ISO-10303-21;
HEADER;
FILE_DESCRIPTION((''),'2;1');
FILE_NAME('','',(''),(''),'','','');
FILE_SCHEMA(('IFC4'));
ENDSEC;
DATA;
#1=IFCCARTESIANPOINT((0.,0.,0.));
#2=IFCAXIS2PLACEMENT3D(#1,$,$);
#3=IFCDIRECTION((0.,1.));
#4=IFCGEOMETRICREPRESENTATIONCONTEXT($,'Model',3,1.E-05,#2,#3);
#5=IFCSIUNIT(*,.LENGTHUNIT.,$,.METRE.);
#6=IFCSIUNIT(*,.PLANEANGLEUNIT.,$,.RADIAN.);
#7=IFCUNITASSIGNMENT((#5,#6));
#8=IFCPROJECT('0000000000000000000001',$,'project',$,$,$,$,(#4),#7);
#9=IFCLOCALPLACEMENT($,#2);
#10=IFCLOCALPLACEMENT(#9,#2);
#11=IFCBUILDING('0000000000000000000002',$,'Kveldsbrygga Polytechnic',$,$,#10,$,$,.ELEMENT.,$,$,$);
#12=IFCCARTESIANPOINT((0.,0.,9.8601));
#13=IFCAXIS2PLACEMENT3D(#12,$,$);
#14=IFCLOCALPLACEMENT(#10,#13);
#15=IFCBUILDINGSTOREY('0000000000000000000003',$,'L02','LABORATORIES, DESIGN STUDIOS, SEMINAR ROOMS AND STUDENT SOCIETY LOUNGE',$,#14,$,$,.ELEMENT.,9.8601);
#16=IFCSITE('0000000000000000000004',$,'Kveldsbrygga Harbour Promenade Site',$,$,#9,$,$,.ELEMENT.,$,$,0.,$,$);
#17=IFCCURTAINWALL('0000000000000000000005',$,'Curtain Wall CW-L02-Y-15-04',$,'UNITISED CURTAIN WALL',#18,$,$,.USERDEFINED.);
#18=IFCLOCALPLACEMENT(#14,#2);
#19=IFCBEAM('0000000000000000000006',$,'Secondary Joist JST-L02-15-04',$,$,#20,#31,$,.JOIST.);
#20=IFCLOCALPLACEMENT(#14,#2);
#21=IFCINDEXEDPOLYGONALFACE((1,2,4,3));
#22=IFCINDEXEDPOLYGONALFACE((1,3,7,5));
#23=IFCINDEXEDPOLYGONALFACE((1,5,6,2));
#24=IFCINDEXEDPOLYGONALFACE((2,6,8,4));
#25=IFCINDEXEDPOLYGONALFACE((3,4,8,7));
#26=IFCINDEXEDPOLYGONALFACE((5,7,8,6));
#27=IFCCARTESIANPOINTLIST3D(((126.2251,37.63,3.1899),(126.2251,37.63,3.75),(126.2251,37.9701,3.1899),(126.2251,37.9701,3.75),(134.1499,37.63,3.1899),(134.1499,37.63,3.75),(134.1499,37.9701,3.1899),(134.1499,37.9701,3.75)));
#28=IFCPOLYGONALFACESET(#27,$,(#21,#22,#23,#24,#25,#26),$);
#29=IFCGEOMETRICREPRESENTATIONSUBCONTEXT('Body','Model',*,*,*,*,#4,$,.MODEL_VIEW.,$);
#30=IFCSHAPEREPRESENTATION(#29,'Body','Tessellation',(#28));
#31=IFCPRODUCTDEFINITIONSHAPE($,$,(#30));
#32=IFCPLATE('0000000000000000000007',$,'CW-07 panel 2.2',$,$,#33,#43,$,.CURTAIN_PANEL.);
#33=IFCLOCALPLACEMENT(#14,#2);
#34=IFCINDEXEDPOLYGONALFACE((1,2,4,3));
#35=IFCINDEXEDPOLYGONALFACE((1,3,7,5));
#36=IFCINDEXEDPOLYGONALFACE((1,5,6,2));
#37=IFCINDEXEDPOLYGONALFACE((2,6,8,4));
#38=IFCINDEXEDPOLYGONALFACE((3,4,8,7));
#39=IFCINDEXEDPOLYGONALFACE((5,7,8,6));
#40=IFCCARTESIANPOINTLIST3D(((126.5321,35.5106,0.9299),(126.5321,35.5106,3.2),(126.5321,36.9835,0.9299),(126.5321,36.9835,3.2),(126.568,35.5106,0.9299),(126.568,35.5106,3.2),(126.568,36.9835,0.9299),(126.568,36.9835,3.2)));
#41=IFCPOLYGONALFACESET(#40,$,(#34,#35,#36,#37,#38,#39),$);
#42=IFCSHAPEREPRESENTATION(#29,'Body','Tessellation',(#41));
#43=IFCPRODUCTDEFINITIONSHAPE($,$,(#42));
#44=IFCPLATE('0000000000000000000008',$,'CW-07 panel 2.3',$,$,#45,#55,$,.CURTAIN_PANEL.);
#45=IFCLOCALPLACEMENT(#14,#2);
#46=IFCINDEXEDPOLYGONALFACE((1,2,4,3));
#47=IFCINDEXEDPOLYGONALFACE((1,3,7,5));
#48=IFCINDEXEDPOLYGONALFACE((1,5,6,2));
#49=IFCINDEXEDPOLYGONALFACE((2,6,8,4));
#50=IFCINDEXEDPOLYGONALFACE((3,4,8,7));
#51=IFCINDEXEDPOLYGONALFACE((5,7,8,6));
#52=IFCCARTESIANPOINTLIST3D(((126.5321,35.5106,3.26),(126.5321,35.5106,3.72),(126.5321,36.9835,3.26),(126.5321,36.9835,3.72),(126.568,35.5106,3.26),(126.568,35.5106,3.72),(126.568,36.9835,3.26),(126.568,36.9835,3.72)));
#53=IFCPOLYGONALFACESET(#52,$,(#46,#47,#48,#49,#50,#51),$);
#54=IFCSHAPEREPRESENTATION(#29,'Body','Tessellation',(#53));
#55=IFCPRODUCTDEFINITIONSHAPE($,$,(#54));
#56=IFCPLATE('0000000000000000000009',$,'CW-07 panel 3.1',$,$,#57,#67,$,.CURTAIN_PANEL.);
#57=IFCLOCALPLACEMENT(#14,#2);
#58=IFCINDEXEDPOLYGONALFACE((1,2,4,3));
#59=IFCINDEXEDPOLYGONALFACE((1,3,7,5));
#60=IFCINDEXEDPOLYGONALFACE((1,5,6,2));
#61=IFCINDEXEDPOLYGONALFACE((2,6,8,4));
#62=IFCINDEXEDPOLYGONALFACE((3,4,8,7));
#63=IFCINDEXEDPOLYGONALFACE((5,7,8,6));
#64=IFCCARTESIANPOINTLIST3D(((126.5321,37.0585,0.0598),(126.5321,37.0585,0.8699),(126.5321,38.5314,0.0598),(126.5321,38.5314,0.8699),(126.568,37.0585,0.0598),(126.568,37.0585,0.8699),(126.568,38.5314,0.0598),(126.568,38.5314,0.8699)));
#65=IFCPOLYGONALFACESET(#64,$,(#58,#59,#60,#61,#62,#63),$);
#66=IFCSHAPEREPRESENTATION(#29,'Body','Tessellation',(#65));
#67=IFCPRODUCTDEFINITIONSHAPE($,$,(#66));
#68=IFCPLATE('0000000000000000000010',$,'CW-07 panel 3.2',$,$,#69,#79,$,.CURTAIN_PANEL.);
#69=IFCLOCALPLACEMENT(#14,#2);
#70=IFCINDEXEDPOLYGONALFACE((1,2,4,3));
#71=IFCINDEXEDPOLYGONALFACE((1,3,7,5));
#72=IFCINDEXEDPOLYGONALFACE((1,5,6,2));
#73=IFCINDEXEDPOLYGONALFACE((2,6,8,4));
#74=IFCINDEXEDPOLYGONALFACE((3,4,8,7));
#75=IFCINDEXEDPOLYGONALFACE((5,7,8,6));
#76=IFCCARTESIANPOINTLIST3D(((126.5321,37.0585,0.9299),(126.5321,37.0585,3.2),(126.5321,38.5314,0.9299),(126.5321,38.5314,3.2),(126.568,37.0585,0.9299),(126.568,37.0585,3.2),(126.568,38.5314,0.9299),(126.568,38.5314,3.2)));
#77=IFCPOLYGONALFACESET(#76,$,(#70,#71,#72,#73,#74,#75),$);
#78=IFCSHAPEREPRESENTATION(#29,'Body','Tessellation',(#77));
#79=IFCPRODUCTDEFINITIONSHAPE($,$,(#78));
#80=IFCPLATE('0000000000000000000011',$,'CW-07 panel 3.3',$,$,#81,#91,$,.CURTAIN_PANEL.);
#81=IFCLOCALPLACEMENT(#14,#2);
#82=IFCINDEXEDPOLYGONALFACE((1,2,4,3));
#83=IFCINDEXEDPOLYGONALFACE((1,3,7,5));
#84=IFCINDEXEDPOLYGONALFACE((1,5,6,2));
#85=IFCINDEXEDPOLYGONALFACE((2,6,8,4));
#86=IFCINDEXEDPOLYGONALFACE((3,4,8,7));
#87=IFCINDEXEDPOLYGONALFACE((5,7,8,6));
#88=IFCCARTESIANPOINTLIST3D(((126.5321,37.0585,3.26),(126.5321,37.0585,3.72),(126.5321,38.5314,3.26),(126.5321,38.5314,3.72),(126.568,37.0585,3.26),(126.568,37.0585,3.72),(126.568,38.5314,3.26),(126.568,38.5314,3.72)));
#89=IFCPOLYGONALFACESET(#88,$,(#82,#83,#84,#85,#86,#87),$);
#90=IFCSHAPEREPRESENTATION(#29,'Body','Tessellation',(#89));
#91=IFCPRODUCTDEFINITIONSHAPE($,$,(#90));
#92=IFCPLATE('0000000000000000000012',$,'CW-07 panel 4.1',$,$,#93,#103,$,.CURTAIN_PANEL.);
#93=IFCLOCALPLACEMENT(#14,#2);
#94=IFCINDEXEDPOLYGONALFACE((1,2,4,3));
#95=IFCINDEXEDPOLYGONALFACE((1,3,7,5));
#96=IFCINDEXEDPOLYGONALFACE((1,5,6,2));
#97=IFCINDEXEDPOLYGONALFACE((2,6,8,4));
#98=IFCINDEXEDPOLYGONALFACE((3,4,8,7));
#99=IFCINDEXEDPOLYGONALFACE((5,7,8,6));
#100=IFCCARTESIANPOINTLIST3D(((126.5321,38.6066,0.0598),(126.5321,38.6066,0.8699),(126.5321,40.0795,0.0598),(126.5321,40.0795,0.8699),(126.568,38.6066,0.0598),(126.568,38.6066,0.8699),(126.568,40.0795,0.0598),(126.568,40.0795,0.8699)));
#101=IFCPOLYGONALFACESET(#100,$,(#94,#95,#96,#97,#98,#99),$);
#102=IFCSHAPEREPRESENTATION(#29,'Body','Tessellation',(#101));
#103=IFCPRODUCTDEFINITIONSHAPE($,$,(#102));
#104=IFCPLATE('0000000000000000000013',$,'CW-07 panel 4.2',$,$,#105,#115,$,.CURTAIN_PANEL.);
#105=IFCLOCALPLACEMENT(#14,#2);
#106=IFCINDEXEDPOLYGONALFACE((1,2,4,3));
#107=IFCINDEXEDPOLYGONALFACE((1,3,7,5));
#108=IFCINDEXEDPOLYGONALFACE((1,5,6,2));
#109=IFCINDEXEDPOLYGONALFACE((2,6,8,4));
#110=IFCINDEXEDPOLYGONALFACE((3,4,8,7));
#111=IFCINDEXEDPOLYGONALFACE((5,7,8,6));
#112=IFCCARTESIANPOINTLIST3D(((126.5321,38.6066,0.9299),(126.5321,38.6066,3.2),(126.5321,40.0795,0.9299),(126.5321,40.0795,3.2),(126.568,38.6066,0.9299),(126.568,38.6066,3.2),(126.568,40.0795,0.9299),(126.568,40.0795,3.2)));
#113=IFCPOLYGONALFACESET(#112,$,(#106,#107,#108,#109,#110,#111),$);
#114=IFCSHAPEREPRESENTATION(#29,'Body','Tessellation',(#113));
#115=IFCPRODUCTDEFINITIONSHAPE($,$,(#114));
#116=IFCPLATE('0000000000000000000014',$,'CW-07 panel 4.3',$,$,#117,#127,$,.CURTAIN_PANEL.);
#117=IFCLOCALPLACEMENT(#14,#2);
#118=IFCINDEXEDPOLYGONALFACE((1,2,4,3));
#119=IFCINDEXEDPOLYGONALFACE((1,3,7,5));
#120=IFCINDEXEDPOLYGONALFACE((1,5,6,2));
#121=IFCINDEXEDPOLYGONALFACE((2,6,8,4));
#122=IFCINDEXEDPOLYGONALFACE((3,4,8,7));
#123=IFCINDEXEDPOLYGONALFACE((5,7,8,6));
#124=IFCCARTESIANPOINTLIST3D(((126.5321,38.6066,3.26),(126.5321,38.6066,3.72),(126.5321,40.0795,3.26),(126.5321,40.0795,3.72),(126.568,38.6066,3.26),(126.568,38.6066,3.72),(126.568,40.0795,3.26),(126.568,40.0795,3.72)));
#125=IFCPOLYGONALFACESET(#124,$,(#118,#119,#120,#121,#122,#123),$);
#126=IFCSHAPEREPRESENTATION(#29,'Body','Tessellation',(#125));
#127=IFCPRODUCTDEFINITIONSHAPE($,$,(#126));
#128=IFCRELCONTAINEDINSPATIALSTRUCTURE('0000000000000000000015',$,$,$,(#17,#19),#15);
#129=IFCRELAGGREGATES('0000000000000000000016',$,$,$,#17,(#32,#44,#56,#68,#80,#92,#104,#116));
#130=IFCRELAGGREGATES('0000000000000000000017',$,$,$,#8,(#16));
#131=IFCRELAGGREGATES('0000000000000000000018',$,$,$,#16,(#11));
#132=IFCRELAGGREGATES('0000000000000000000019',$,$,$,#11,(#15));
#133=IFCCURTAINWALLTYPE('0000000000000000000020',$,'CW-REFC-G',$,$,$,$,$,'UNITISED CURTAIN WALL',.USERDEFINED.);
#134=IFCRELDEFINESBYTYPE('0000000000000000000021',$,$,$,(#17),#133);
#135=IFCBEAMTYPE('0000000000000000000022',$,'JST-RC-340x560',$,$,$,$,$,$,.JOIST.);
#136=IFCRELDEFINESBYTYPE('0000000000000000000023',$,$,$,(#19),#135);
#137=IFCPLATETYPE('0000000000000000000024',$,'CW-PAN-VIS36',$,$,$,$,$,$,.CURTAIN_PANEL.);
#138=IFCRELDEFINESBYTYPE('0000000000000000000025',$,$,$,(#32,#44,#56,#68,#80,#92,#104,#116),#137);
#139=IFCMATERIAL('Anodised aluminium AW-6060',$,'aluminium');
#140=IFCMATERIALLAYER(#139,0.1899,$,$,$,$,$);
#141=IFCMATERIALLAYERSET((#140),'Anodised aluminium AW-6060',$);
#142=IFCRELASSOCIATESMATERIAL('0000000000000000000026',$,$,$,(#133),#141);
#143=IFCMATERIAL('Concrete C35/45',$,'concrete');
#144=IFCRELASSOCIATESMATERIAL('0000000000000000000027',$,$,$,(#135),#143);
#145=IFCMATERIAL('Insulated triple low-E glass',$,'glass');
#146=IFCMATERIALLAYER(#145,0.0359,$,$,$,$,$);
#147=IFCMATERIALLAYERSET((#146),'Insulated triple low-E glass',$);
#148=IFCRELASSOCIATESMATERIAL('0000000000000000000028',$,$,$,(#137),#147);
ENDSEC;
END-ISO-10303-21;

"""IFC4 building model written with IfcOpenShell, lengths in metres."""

from ifc_helpers import new_model, si_unit, direction, frame, origin, origin_2d, place, context, subcontext, project, spatial, rectangle, extrude, material, layer, layer_set, material_profile, profile_set, type_object, element, aggregate, save


model = new_model("IFC4")

# Units and contexts
model_context = context("Model", 3, precision=1e-05, world=origin(), true_north=direction((0.0, 1.0)))
body_context = subcontext(model_context, "Body", "Model", "MODEL_VIEW")
ifc_project = project(units=[si_unit("LENGTHUNIT", "METRE"), si_unit("PLANEANGLEUNIT", "RADIAN")], contexts=[model_context])

# Site, building, storey
site_placement = place(None, origin())
site = spatial("IfcSite", under=ifc_project, at=site_placement, Name="Kveldsbrygga Harbour Promenade Site", CompositionType="ELEMENT", RefElevation=0.0)
building_placement = place(site_placement, origin())
building = spatial("IfcBuilding", under=site, at=building_placement, Name="Kveldsbrygga Polytechnic", CompositionType="ELEMENT")
storey_placement = place(building_placement, frame((0.0, 0.0, 9.8601)))
storey = spatial("IfcBuildingStorey", under=building, at=storey_placement, Name="L02", Description="LABORATORIES, DESIGN STUDIOS, SEMINAR ROOMS AND STUDENT SOCIETY LOUNGE", CompositionType="ELEMENT", Elevation=9.8601)

# Curtain wall
ifc_material_1 = material(Name="Anodised aluminium AW-6060", Category="aluminium")
ifc_layer_1 = layer(ifc_material_1, 0.1899)
ifc_layer_set_1 = layer_set([ifc_layer_1], Name="Anodised aluminium AW-6060")
curtain_wall_type = type_object("IfcCurtainWallType", Name="CW-REFC-G", ElementType="UNITISED CURTAIN WALL", PredefinedType="USERDEFINED", material=ifc_layer_set_1)
curtain_wall_placement = place(storey_placement, origin())
curtain_wall = element("IfcCurtainWall", 1, at=curtain_wall_placement, inside=storey, type_object=curtain_wall_type, Name="Curtain Wall CW-L02-Y-15-04", ObjectType="UNITISED CURTAIN WALL", PredefinedType="USERDEFINED")

# Beam
ifc_material_2 = material(Name="Concrete C35/45", Category="concrete")
ifc_material_profile_1 = material_profile(ifc_material_2, rectangle(XDim=0.3401, YDim=0.5601, at=origin_2d()), Name="RC 340x560")
ifc_profile_set_1 = profile_set([ifc_material_profile_1], Name="Concrete C35/45")
beam_type = type_object("IfcBeamType", Name="JST-RC-340x560", PredefinedType="JOIST", material=ifc_profile_set_1)
beam_placement = place(storey_placement, frame((126.2251, 37.8, 3.47), z_axis=(1.0, 0.0, 0.0), x_axis=(0.0, 1.0, 0.0)))
element("IfcBeam", 2, at=beam_placement, inside=storey, type_object=beam_type, Name="Secondary Joist JST-L02-15-04", PredefinedType="JOIST", context=body_context, shape_type="SweptSolid", body=[
    extrude(rectangle(XDim=0.3401, YDim=0.5601, at=origin_2d()), origin(), (0.0, 0.0, 1.0), 7.9248),
])

# Plates
ifc_material_3 = material(Name="Insulated triple low-E glass", Category="glass")
ifc_layer_2 = layer(ifc_material_3, 0.0359)
ifc_layer_set_2 = layer_set([ifc_layer_2], Name="Insulated triple low-E glass")
plate_type = type_object("IfcPlateType", Name="CW-PAN-VIS36", PredefinedType="CURTAIN_PANEL", material=ifc_layer_set_2)
plate_1_placement = place(storey_placement, frame((126.55, 36.2471, 0.9299), z_axis=(0.0, 0.0, 1.0), x_axis=(0.0, 1.0, 0.0)))
plate_1 = element("IfcPlate", 3, at=plate_1_placement, type_object=plate_type, Name="CW-07 panel 2.2", PredefinedType="CURTAIN_PANEL", context=body_context, shape_type="SweptSolid", body=[
    extrude(rectangle(XDim=1.4729, YDim=0.0359, at=origin_2d()), origin(), (0.0, 0.0, 1.0), 2.27),
])
plate_2_placement = place(storey_placement, frame((126.55, 36.2471, 3.26), z_axis=(0.0, 0.0, 1.0), x_axis=(0.0, 1.0, 0.0)))
plate_2 = element("IfcPlate", 4, at=plate_2_placement, type_object=plate_type, Name="CW-07 panel 2.3", PredefinedType="CURTAIN_PANEL", context=body_context, shape_type="SweptSolid", body=[
    extrude(rectangle(XDim=1.4729, YDim=0.0359, at=origin_2d()), origin(), (0.0, 0.0, 1.0), 0.46),
])
plate_3_placement = place(storey_placement, frame((126.55, 37.7949, 0.0598), z_axis=(0.0, 0.0, 1.0), x_axis=(0.0, 1.0, 0.0)))
plate_3 = element("IfcPlate", 5, at=plate_3_placement, type_object=plate_type, Name="CW-07 panel 3.1", PredefinedType="CURTAIN_PANEL", context=body_context, shape_type="SweptSolid", body=[
    extrude(rectangle(XDim=1.4729, YDim=0.0359, at=origin_2d()), origin(), (0.0, 0.0, 1.0), 0.8101),
])
plate_4_placement = place(storey_placement, frame((126.55, 37.7949, 0.9299), z_axis=(0.0, 0.0, 1.0), x_axis=(0.0, 1.0, 0.0)))
plate_4 = element("IfcPlate", 6, at=plate_4_placement, type_object=plate_type, Name="CW-07 panel 3.2", PredefinedType="CURTAIN_PANEL", context=body_context, shape_type="SweptSolid", body=[
    extrude(rectangle(XDim=1.4729, YDim=0.0359, at=origin_2d()), origin(), (0.0, 0.0, 1.0), 2.27),
])
plate_5_placement = place(storey_placement, frame((126.55, 37.7949, 3.26), z_axis=(0.0, 0.0, 1.0), x_axis=(0.0, 1.0, 0.0)))
plate_5 = element("IfcPlate", 7, at=plate_5_placement, type_object=plate_type, Name="CW-07 panel 3.3", PredefinedType="CURTAIN_PANEL", context=body_context, shape_type="SweptSolid", body=[
    extrude(rectangle(XDim=1.4729, YDim=0.0359, at=origin_2d()), origin(), (0.0, 0.0, 1.0), 0.46),
])
plate_6_placement = place(storey_placement, frame((126.55, 39.343, 0.0598), z_axis=(0.0, 0.0, 1.0), x_axis=(0.0, 1.0, 0.0)))
plate_6 = element("IfcPlate", 8, at=plate_6_placement, type_object=plate_type, Name="CW-07 panel 4.1", PredefinedType="CURTAIN_PANEL", context=body_context, shape_type="SweptSolid", body=[
    extrude(rectangle(XDim=1.4729, YDim=0.0359, at=origin_2d()), origin(), (0.0, 0.0, 1.0), 0.8101),
])
plate_7_placement = place(storey_placement, frame((126.55, 39.343, 0.9299), z_axis=(0.0, 0.0, 1.0), x_axis=(0.0, 1.0, 0.0)))
plate_7 = element("IfcPlate", 9, at=plate_7_placement, type_object=plate_type, Name="CW-07 panel 4.2", PredefinedType="CURTAIN_PANEL", context=body_context, shape_type="SweptSolid", body=[
    extrude(rectangle(XDim=1.4729, YDim=0.0359, at=origin_2d()), origin(), (0.0, 0.0, 1.0), 2.27),
])
plate_8_placement = place(storey_placement, frame((126.55, 39.343, 3.26), z_axis=(0.0, 0.0, 1.0), x_axis=(0.0, 1.0, 0.0)))
plate_8 = element("IfcPlate", 10, at=plate_8_placement, type_object=plate_type, Name="CW-07 panel 4.3", PredefinedType="CURTAIN_PANEL", context=body_context, shape_type="SweptSolid", body=[
    extrude(rectangle(XDim=1.4729, YDim=0.0359, at=origin_2d()), origin(), (0.0, 0.0, 1.0), 0.46),
])
aggregate(curtain_wall, [plate_1, plate_2, plate_3, plate_4, plate_5, plate_6, plate_7, plate_8])

save(model, "model.ifc")
